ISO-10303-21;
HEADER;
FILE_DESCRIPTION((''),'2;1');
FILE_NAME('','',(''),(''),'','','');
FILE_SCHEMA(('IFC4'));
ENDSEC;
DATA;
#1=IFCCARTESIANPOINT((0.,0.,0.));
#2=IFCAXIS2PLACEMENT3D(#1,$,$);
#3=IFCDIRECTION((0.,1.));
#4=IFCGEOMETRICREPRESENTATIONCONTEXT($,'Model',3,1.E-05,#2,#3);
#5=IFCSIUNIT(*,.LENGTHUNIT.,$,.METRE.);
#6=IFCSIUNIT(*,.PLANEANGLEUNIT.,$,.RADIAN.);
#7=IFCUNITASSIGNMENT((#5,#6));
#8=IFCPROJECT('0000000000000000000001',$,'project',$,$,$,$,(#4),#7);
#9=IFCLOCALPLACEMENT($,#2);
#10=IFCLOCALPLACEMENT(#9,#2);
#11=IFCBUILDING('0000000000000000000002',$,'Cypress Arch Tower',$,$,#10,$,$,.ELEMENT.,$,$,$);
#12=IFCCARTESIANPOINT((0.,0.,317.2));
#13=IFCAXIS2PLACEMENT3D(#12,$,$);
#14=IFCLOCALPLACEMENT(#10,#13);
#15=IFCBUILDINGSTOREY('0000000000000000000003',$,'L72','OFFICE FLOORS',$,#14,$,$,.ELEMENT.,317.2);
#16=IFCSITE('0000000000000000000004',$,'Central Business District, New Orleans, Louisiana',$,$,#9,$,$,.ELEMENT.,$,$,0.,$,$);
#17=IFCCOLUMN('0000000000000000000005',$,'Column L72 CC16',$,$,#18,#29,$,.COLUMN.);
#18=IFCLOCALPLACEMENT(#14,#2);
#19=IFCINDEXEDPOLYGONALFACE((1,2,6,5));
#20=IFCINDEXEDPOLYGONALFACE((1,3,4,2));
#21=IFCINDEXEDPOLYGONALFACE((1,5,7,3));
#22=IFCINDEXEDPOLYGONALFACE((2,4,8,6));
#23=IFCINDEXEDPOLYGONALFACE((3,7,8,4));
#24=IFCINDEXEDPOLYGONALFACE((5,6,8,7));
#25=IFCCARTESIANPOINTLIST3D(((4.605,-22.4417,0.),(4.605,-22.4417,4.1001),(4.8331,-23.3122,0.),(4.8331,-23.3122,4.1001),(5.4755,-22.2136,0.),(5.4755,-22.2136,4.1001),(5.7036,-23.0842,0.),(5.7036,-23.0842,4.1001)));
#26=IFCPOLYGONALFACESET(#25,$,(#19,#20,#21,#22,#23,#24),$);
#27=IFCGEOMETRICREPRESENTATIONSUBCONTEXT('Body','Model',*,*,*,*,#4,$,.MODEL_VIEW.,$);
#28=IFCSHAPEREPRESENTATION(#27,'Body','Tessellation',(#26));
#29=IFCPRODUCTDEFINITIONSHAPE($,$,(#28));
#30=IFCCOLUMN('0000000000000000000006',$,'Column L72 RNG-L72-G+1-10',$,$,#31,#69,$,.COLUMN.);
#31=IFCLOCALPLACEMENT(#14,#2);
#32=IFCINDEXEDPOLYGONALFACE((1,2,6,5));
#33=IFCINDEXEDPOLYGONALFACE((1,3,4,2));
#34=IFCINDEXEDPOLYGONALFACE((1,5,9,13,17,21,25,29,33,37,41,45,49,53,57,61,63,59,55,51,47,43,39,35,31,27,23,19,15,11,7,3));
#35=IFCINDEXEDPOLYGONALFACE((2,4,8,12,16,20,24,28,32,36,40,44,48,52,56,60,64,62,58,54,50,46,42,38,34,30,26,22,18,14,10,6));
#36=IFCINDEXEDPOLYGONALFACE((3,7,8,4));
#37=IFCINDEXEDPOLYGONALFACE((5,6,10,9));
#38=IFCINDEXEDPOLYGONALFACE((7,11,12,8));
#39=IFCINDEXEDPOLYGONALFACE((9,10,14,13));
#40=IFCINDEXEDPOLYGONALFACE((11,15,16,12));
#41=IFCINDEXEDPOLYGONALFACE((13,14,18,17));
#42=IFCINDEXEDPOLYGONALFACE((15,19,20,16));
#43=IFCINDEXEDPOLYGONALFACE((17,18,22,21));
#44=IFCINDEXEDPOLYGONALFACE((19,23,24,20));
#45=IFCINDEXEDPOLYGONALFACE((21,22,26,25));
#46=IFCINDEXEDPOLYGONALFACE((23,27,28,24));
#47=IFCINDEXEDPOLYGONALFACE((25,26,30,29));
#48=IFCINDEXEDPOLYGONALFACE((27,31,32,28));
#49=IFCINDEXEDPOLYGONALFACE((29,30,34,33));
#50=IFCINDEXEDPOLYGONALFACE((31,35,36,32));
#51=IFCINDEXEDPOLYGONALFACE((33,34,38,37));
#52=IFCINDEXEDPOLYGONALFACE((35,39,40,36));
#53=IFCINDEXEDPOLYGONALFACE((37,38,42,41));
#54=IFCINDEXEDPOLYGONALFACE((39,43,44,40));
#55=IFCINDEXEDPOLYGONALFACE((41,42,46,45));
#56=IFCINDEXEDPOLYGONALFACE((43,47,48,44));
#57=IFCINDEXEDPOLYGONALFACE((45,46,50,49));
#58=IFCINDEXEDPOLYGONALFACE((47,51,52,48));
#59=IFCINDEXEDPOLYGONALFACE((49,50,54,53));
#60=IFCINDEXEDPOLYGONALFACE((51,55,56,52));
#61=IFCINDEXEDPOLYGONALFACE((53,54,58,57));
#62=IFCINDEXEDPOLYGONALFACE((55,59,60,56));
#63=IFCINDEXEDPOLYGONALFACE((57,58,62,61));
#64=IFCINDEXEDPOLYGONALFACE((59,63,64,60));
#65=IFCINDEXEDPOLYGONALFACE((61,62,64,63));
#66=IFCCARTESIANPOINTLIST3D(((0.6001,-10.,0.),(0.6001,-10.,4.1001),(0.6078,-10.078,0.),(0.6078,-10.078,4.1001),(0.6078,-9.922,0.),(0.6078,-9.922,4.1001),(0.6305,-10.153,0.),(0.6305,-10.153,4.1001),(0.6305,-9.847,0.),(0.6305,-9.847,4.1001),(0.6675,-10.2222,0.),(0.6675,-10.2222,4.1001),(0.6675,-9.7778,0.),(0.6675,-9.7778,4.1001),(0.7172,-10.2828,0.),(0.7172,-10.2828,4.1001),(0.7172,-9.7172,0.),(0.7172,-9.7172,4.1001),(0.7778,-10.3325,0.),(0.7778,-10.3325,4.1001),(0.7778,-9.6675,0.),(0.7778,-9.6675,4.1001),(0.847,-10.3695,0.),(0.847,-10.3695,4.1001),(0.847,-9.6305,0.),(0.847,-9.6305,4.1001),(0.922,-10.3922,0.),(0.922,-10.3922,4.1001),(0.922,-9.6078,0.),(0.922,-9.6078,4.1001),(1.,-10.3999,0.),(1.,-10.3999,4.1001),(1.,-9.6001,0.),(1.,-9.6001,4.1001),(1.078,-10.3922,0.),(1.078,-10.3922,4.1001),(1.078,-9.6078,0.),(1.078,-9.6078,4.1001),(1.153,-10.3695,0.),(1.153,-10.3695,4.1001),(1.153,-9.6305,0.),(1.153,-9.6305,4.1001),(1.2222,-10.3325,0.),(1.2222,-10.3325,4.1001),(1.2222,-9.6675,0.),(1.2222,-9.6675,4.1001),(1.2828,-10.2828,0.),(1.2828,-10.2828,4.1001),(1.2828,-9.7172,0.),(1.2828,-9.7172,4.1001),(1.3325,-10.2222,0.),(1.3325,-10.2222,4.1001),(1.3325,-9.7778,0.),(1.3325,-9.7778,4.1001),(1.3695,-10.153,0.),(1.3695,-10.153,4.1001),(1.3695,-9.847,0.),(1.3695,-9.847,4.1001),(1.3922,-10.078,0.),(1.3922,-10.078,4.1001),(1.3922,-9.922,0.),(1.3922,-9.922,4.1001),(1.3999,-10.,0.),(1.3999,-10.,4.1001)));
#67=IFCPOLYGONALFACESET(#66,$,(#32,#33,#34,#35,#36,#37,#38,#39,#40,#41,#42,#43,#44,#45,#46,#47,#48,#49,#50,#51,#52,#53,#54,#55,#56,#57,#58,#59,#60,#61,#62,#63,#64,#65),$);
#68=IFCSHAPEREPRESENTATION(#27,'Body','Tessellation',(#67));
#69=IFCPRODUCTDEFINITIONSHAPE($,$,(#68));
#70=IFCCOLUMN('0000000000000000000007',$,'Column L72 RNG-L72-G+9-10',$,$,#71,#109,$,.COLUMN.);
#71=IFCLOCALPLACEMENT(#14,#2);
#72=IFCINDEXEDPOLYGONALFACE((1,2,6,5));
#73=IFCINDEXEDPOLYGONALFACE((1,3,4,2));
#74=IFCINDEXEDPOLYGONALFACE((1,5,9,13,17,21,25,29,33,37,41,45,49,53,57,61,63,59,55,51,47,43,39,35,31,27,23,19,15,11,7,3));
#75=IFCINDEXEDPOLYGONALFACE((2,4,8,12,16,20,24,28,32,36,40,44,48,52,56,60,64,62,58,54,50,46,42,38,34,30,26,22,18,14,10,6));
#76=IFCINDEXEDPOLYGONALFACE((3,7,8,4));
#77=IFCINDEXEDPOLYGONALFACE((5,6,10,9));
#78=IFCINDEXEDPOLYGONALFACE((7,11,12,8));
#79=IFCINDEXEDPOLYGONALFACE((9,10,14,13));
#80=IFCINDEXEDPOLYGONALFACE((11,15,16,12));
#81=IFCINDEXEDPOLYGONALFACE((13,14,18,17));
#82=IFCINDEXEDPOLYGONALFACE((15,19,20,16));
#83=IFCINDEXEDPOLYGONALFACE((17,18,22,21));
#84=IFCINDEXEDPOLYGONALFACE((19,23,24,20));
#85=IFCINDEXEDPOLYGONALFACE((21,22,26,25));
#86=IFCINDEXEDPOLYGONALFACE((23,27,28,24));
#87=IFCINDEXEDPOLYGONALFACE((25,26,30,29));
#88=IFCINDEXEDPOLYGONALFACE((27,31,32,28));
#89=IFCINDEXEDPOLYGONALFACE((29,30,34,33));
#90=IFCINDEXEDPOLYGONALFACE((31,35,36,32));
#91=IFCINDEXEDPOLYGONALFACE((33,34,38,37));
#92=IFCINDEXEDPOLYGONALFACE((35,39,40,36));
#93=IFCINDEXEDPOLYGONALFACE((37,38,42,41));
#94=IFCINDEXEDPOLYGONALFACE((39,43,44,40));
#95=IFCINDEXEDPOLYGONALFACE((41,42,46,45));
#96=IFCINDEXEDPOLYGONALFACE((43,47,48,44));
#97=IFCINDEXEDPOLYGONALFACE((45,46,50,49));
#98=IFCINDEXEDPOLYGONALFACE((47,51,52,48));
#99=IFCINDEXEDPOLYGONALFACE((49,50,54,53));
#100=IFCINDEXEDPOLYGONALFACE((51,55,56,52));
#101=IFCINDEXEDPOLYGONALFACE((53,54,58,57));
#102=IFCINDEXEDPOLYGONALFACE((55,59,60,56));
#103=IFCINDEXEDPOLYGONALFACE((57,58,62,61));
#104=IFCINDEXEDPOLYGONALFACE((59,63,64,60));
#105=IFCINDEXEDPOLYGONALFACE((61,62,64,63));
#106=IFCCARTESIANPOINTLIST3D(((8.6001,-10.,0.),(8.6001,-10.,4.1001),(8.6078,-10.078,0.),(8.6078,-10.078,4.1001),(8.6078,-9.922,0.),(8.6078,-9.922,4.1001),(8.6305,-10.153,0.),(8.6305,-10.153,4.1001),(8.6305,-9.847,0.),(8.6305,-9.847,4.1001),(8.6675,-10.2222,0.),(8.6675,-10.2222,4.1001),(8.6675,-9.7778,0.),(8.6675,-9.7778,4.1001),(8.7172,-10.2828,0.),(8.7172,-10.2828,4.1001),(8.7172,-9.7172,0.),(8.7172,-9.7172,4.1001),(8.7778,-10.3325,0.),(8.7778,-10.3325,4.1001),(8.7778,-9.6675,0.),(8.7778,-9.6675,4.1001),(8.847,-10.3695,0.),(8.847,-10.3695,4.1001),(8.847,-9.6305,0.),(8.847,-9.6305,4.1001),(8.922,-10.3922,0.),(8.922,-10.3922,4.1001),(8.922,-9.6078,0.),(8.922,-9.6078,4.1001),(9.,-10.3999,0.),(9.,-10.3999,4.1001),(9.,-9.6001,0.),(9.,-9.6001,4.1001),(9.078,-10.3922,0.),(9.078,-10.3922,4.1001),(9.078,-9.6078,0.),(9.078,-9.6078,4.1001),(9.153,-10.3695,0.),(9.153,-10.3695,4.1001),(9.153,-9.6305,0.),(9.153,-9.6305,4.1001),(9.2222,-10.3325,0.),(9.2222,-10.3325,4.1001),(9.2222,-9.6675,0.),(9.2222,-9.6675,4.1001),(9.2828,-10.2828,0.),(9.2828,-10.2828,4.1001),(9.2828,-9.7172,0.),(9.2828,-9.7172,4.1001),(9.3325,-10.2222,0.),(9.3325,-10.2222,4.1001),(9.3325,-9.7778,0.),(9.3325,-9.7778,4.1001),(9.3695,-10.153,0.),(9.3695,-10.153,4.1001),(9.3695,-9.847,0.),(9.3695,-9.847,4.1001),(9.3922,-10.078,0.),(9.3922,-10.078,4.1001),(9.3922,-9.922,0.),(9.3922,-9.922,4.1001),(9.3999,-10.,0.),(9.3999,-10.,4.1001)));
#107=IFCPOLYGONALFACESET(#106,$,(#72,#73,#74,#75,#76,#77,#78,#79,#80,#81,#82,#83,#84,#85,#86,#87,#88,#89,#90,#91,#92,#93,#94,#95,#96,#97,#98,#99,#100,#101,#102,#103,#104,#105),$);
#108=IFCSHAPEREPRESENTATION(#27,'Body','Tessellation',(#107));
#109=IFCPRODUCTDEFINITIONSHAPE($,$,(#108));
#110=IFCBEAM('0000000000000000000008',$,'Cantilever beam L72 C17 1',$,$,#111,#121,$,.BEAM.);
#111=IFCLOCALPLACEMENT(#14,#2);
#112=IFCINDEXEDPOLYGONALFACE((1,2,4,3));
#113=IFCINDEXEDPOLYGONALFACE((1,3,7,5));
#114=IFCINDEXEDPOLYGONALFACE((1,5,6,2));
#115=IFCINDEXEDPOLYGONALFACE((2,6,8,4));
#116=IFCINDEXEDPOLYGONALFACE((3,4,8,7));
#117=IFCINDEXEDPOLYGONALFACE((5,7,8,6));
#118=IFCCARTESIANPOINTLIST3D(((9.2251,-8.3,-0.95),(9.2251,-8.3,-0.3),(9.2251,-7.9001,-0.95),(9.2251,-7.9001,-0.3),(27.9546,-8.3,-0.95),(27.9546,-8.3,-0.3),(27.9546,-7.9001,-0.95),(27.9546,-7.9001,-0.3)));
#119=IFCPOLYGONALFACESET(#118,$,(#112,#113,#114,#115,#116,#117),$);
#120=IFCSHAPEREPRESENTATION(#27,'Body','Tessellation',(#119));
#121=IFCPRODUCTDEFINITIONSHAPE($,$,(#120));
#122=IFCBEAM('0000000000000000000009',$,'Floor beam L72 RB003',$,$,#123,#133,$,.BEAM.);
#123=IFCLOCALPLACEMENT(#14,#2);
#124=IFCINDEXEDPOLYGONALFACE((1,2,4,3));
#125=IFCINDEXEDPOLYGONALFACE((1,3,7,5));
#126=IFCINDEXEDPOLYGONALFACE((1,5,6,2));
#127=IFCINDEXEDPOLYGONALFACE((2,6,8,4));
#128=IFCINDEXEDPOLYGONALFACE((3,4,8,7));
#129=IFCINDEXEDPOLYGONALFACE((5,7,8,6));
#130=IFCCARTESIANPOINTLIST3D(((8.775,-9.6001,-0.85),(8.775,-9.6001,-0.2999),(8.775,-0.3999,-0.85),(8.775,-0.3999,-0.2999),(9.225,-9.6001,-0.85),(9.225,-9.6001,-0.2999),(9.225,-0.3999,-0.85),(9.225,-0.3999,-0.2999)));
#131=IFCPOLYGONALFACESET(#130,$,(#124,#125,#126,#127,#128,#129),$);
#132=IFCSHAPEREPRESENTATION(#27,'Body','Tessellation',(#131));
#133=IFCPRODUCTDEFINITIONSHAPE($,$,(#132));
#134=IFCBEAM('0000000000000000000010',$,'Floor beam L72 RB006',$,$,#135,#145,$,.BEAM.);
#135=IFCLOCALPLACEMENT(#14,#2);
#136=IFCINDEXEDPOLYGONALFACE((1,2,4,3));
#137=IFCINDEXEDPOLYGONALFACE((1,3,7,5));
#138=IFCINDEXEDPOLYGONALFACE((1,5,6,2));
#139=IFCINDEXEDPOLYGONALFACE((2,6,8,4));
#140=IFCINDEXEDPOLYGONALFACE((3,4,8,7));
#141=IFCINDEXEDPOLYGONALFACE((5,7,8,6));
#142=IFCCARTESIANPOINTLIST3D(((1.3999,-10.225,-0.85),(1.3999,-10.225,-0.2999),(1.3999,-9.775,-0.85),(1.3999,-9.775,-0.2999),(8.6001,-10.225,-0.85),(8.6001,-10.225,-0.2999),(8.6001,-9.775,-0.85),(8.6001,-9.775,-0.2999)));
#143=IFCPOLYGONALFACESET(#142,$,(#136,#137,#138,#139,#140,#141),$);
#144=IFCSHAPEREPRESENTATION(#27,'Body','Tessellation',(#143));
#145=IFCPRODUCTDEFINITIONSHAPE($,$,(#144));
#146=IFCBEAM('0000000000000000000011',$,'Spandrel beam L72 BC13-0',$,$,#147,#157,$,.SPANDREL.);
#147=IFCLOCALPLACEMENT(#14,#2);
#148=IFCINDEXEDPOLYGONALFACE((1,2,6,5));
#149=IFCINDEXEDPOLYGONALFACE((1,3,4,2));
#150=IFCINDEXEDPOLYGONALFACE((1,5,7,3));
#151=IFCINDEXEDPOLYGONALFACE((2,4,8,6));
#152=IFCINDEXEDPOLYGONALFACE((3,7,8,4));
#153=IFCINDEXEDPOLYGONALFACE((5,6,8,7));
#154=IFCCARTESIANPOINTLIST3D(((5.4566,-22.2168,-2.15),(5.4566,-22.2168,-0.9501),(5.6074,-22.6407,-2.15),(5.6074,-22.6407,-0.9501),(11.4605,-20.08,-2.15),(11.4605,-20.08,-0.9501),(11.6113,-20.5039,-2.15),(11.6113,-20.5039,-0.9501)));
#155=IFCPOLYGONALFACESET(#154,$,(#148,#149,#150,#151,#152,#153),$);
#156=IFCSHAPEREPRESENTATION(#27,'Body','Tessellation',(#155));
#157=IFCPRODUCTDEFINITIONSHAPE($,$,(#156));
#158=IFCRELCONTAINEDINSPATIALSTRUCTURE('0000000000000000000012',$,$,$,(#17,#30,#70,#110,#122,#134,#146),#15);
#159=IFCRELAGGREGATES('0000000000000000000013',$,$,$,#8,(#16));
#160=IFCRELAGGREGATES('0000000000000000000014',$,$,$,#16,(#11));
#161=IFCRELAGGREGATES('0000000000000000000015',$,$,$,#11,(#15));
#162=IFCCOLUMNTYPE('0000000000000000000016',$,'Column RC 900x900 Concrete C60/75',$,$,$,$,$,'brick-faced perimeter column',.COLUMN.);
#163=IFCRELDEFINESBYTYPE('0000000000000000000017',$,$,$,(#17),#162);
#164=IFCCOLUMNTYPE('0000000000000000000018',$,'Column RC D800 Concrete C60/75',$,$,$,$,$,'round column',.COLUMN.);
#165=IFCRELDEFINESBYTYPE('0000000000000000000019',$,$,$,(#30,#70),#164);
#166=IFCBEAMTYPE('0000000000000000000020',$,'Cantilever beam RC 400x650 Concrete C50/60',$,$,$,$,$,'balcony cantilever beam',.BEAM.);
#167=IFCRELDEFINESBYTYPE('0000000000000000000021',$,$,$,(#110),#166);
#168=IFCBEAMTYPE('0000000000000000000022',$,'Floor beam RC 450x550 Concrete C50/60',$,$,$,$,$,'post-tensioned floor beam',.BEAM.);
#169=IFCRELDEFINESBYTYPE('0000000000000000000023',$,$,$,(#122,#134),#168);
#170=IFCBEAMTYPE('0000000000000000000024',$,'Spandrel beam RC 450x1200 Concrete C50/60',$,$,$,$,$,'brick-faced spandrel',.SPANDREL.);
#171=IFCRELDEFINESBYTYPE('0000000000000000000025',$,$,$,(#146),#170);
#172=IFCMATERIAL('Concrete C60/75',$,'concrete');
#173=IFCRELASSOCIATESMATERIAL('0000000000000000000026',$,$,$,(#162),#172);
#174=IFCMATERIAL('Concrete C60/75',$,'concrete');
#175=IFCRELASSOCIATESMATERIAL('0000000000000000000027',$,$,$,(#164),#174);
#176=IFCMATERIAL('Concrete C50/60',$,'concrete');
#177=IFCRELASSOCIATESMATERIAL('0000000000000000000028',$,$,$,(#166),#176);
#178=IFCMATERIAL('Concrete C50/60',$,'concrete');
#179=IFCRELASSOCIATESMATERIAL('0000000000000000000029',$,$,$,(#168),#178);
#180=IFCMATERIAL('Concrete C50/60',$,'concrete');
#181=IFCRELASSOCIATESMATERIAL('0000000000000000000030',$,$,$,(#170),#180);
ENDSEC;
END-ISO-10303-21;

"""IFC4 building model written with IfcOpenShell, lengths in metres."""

from ifc_helpers import new_model, si_unit, direction, frame, origin, origin_2d, place, context, subcontext, project, spatial, rectangle, circle, extrude, material, material_profile, profile_set, type_object, element, save


model = new_model("IFC4")

# Units and contexts
model_context = context("Model", 3, precision=1e-05, world=origin(), true_north=direction((0.0, 1.0)))
body_context = subcontext(model_context, "Body", "Model", "MODEL_VIEW")
ifc_project = project(units=[si_unit("LENGTHUNIT", "METRE"), si_unit("PLANEANGLEUNIT", "RADIAN")], contexts=[model_context])

# Site, building, storey
site_placement = place(None, origin())
site = spatial("IfcSite", under=ifc_project, at=site_placement, Name="Central Business District, New Orleans, Louisiana", CompositionType="ELEMENT", RefElevation=0.0)
building_placement = place(site_placement, origin())
building = spatial("IfcBuilding", under=site, at=building_placement, Name="Cypress Arch Tower", CompositionType="ELEMENT")
storey_placement = place(building_placement, frame((0.0, 0.0, 317.2)))
storey = spatial("IfcBuildingStorey", under=building, at=storey_placement, Name="L72", Description="OFFICE FLOORS", CompositionType="ELEMENT", Elevation=317.2)

# Columns
ifc_material_1 = material(Name="Concrete C60/75", Category="concrete")
ifc_material_profile_1 = material_profile(ifc_material_1, rectangle(XDim=0.8999, YDim=0.8999, at=origin_2d()), Name="RC 900x900")
ifc_profile_set_1 = profile_set([ifc_material_profile_1], Name="Concrete C60/75")
column_type_1 = type_object("IfcColumnType", Name="Column RC 900x900 Concrete C60/75", ElementType="brick-faced perimeter column", PredefinedType="COLUMN", material=ifc_profile_set_1)
column_placement = place(storey_placement, frame((5.1543, -22.7629, 0.0), z_axis=(0.0, 0.0, 1.0), x_axis=(0.967356, 0.253422, 0.0)))
element("IfcColumn", 1, at=column_placement, inside=storey, type_object=column_type_1, Name="Column L72 CC16", PredefinedType="COLUMN", context=body_context, shape_type="SweptSolid", body=[
    extrude(rectangle(XDim=0.8999, YDim=0.8999, at=origin_2d()), origin(), (0.0, 0.0, 1.0), 4.1001),
])
ifc_material_2 = material(Name="Concrete C60/75", Category="concrete")
ifc_material_profile_2 = material_profile(ifc_material_2, circle(Radius=0.3999, at=origin_2d()), Name="RC D800")
ifc_profile_set_2 = profile_set([ifc_material_profile_2], Name="Concrete C60/75")
column_type_2 = type_object("IfcColumnType", Name="Column RC D800 Concrete C60/75", ElementType="round column", PredefinedType="COLUMN", material=ifc_profile_set_2)
for number, where, z_axis, x_axis, name in (
    (2, (1.0, -10.0, 0.0), (0.0, 0.0, 1.0), (1.0, 0.0, 0.0), "Column L72 RNG-L72-G+1-10"),
    (3, (9.0, -10.0, 0.0), (0.0, 0.0, 1.0), (1.0, 0.0, 0.0), "Column L72 RNG-L72-G+9-10"),
):
    element("IfcColumn", number, at=place(storey_placement, frame(where, z_axis=z_axis, x_axis=x_axis)), inside=storey, type_object=column_type_2, Name=name, PredefinedType="COLUMN", context=body_context, shape_type="SweptSolid", body=[
        extrude(circle(Radius=0.3999, at=origin_2d()), origin(), (0.0, 0.0, 1.0), 4.1001),
    ])

# Beams
ifc_material_3 = material(Name="Concrete C50/60", Category="concrete")
ifc_material_profile_3 = material_profile(ifc_material_3, rectangle(XDim=0.3999, YDim=0.6499, at=origin_2d()), Name="RC 400x650")
ifc_profile_set_3 = profile_set([ifc_material_profile_3], Name="Concrete C50/60")
beam_type_1 = type_object("IfcBeamType", Name="Cantilever beam RC 400x650 Concrete C50/60", ElementType="balcony cantilever beam", PredefinedType="BEAM", material=ifc_profile_set_3)
beam_1_placement = place(storey_placement, frame((9.2251, -8.1001, -0.625), z_axis=(1.0, 0.0, 0.0), x_axis=(0.0, 1.0, 0.0)))
element("IfcBeam", 4, at=beam_1_placement, inside=storey, type_object=beam_type_1, Name="Cantilever beam L72 C17 1", PredefinedType="BEAM", context=body_context, shape_type="SweptSolid", body=[
    extrude(rectangle(XDim=0.3999, YDim=0.6499, at=origin_2d()), origin(), (0.0, 0.0, 1.0), 18.7295),
])
ifc_material_4 = material(Name="Concrete C50/60", Category="concrete")
ifc_material_profile_4 = material_profile(ifc_material_4, rectangle(XDim=0.45, YDim=0.55, at=origin_2d()), Name="RC 450x550")
ifc_profile_set_4 = profile_set([ifc_material_profile_4], Name="Concrete C50/60")
beam_type_2 = type_object("IfcBeamType", Name="Floor beam RC 450x550 Concrete C50/60", ElementType="post-tensioned floor beam", PredefinedType="BEAM", material=ifc_profile_set_4)
beam_2_placement = place(storey_placement, frame((9.0, -9.6001, -0.575), z_axis=(0.0, 1.0, 0.0), x_axis=(-1.0, 0.0, 0.0)))
element("IfcBeam", 5, at=beam_2_placement, inside=storey, type_object=beam_type_2, Name="Floor beam L72 RB003", PredefinedType="BEAM", context=body_context, shape_type="SweptSolid", body=[
    extrude(rectangle(XDim=0.45, YDim=0.55, at=origin_2d()), origin(), (0.0, 0.0, 1.0), 9.2002),
])
beam_3_placement = place(storey_placement, frame((1.3999, -10.0, -0.575), z_axis=(1.0, 0.0, 0.0), x_axis=(0.0, 1.0, 0.0)))
element("IfcBeam", 6, at=beam_3_placement, inside=storey, type_object=beam_type_2, Name="Floor beam L72 RB006", PredefinedType="BEAM", context=body_context, shape_type="SweptSolid", body=[
    extrude(rectangle(XDim=0.45, YDim=0.55, at=origin_2d()), origin(), (0.0, 0.0, 1.0), 7.2002),
])
ifc_material_5 = material(Name="Concrete C50/60", Category="concrete")
ifc_material_profile_5 = material_profile(ifc_material_5, rectangle(XDim=0.45, YDim=1.2, at=origin_2d()), Name="RC 450x1200")
ifc_profile_set_5 = profile_set([ifc_material_profile_5], Name="Concrete C50/60")
beam_type_3 = type_object("IfcBeamType", Name="Spandrel beam RC 450x1200 Concrete C50/60", ElementType="brick-faced spandrel", PredefinedType="SPANDREL", material=ifc_profile_set_5)
beam_4_placement = place(storey_placement, frame((5.532, -22.4287, -1.55), z_axis=(0.942116, 0.335288, 0.0), x_axis=(-0.335288, 0.942116, 0.0)))
element("IfcBeam", 7, at=beam_4_placement, inside=storey, type_object=beam_type_3, Name="Spandrel beam L72 BC13-0", PredefinedType="SPANDREL", context=body_context, shape_type="SweptSolid", body=[
    extrude(rectangle(XDim=0.45, YDim=1.2, at=origin_2d()), origin(), (0.0, 0.0, 1.0), 6.3728),
])

save(model, "model.ifc")
